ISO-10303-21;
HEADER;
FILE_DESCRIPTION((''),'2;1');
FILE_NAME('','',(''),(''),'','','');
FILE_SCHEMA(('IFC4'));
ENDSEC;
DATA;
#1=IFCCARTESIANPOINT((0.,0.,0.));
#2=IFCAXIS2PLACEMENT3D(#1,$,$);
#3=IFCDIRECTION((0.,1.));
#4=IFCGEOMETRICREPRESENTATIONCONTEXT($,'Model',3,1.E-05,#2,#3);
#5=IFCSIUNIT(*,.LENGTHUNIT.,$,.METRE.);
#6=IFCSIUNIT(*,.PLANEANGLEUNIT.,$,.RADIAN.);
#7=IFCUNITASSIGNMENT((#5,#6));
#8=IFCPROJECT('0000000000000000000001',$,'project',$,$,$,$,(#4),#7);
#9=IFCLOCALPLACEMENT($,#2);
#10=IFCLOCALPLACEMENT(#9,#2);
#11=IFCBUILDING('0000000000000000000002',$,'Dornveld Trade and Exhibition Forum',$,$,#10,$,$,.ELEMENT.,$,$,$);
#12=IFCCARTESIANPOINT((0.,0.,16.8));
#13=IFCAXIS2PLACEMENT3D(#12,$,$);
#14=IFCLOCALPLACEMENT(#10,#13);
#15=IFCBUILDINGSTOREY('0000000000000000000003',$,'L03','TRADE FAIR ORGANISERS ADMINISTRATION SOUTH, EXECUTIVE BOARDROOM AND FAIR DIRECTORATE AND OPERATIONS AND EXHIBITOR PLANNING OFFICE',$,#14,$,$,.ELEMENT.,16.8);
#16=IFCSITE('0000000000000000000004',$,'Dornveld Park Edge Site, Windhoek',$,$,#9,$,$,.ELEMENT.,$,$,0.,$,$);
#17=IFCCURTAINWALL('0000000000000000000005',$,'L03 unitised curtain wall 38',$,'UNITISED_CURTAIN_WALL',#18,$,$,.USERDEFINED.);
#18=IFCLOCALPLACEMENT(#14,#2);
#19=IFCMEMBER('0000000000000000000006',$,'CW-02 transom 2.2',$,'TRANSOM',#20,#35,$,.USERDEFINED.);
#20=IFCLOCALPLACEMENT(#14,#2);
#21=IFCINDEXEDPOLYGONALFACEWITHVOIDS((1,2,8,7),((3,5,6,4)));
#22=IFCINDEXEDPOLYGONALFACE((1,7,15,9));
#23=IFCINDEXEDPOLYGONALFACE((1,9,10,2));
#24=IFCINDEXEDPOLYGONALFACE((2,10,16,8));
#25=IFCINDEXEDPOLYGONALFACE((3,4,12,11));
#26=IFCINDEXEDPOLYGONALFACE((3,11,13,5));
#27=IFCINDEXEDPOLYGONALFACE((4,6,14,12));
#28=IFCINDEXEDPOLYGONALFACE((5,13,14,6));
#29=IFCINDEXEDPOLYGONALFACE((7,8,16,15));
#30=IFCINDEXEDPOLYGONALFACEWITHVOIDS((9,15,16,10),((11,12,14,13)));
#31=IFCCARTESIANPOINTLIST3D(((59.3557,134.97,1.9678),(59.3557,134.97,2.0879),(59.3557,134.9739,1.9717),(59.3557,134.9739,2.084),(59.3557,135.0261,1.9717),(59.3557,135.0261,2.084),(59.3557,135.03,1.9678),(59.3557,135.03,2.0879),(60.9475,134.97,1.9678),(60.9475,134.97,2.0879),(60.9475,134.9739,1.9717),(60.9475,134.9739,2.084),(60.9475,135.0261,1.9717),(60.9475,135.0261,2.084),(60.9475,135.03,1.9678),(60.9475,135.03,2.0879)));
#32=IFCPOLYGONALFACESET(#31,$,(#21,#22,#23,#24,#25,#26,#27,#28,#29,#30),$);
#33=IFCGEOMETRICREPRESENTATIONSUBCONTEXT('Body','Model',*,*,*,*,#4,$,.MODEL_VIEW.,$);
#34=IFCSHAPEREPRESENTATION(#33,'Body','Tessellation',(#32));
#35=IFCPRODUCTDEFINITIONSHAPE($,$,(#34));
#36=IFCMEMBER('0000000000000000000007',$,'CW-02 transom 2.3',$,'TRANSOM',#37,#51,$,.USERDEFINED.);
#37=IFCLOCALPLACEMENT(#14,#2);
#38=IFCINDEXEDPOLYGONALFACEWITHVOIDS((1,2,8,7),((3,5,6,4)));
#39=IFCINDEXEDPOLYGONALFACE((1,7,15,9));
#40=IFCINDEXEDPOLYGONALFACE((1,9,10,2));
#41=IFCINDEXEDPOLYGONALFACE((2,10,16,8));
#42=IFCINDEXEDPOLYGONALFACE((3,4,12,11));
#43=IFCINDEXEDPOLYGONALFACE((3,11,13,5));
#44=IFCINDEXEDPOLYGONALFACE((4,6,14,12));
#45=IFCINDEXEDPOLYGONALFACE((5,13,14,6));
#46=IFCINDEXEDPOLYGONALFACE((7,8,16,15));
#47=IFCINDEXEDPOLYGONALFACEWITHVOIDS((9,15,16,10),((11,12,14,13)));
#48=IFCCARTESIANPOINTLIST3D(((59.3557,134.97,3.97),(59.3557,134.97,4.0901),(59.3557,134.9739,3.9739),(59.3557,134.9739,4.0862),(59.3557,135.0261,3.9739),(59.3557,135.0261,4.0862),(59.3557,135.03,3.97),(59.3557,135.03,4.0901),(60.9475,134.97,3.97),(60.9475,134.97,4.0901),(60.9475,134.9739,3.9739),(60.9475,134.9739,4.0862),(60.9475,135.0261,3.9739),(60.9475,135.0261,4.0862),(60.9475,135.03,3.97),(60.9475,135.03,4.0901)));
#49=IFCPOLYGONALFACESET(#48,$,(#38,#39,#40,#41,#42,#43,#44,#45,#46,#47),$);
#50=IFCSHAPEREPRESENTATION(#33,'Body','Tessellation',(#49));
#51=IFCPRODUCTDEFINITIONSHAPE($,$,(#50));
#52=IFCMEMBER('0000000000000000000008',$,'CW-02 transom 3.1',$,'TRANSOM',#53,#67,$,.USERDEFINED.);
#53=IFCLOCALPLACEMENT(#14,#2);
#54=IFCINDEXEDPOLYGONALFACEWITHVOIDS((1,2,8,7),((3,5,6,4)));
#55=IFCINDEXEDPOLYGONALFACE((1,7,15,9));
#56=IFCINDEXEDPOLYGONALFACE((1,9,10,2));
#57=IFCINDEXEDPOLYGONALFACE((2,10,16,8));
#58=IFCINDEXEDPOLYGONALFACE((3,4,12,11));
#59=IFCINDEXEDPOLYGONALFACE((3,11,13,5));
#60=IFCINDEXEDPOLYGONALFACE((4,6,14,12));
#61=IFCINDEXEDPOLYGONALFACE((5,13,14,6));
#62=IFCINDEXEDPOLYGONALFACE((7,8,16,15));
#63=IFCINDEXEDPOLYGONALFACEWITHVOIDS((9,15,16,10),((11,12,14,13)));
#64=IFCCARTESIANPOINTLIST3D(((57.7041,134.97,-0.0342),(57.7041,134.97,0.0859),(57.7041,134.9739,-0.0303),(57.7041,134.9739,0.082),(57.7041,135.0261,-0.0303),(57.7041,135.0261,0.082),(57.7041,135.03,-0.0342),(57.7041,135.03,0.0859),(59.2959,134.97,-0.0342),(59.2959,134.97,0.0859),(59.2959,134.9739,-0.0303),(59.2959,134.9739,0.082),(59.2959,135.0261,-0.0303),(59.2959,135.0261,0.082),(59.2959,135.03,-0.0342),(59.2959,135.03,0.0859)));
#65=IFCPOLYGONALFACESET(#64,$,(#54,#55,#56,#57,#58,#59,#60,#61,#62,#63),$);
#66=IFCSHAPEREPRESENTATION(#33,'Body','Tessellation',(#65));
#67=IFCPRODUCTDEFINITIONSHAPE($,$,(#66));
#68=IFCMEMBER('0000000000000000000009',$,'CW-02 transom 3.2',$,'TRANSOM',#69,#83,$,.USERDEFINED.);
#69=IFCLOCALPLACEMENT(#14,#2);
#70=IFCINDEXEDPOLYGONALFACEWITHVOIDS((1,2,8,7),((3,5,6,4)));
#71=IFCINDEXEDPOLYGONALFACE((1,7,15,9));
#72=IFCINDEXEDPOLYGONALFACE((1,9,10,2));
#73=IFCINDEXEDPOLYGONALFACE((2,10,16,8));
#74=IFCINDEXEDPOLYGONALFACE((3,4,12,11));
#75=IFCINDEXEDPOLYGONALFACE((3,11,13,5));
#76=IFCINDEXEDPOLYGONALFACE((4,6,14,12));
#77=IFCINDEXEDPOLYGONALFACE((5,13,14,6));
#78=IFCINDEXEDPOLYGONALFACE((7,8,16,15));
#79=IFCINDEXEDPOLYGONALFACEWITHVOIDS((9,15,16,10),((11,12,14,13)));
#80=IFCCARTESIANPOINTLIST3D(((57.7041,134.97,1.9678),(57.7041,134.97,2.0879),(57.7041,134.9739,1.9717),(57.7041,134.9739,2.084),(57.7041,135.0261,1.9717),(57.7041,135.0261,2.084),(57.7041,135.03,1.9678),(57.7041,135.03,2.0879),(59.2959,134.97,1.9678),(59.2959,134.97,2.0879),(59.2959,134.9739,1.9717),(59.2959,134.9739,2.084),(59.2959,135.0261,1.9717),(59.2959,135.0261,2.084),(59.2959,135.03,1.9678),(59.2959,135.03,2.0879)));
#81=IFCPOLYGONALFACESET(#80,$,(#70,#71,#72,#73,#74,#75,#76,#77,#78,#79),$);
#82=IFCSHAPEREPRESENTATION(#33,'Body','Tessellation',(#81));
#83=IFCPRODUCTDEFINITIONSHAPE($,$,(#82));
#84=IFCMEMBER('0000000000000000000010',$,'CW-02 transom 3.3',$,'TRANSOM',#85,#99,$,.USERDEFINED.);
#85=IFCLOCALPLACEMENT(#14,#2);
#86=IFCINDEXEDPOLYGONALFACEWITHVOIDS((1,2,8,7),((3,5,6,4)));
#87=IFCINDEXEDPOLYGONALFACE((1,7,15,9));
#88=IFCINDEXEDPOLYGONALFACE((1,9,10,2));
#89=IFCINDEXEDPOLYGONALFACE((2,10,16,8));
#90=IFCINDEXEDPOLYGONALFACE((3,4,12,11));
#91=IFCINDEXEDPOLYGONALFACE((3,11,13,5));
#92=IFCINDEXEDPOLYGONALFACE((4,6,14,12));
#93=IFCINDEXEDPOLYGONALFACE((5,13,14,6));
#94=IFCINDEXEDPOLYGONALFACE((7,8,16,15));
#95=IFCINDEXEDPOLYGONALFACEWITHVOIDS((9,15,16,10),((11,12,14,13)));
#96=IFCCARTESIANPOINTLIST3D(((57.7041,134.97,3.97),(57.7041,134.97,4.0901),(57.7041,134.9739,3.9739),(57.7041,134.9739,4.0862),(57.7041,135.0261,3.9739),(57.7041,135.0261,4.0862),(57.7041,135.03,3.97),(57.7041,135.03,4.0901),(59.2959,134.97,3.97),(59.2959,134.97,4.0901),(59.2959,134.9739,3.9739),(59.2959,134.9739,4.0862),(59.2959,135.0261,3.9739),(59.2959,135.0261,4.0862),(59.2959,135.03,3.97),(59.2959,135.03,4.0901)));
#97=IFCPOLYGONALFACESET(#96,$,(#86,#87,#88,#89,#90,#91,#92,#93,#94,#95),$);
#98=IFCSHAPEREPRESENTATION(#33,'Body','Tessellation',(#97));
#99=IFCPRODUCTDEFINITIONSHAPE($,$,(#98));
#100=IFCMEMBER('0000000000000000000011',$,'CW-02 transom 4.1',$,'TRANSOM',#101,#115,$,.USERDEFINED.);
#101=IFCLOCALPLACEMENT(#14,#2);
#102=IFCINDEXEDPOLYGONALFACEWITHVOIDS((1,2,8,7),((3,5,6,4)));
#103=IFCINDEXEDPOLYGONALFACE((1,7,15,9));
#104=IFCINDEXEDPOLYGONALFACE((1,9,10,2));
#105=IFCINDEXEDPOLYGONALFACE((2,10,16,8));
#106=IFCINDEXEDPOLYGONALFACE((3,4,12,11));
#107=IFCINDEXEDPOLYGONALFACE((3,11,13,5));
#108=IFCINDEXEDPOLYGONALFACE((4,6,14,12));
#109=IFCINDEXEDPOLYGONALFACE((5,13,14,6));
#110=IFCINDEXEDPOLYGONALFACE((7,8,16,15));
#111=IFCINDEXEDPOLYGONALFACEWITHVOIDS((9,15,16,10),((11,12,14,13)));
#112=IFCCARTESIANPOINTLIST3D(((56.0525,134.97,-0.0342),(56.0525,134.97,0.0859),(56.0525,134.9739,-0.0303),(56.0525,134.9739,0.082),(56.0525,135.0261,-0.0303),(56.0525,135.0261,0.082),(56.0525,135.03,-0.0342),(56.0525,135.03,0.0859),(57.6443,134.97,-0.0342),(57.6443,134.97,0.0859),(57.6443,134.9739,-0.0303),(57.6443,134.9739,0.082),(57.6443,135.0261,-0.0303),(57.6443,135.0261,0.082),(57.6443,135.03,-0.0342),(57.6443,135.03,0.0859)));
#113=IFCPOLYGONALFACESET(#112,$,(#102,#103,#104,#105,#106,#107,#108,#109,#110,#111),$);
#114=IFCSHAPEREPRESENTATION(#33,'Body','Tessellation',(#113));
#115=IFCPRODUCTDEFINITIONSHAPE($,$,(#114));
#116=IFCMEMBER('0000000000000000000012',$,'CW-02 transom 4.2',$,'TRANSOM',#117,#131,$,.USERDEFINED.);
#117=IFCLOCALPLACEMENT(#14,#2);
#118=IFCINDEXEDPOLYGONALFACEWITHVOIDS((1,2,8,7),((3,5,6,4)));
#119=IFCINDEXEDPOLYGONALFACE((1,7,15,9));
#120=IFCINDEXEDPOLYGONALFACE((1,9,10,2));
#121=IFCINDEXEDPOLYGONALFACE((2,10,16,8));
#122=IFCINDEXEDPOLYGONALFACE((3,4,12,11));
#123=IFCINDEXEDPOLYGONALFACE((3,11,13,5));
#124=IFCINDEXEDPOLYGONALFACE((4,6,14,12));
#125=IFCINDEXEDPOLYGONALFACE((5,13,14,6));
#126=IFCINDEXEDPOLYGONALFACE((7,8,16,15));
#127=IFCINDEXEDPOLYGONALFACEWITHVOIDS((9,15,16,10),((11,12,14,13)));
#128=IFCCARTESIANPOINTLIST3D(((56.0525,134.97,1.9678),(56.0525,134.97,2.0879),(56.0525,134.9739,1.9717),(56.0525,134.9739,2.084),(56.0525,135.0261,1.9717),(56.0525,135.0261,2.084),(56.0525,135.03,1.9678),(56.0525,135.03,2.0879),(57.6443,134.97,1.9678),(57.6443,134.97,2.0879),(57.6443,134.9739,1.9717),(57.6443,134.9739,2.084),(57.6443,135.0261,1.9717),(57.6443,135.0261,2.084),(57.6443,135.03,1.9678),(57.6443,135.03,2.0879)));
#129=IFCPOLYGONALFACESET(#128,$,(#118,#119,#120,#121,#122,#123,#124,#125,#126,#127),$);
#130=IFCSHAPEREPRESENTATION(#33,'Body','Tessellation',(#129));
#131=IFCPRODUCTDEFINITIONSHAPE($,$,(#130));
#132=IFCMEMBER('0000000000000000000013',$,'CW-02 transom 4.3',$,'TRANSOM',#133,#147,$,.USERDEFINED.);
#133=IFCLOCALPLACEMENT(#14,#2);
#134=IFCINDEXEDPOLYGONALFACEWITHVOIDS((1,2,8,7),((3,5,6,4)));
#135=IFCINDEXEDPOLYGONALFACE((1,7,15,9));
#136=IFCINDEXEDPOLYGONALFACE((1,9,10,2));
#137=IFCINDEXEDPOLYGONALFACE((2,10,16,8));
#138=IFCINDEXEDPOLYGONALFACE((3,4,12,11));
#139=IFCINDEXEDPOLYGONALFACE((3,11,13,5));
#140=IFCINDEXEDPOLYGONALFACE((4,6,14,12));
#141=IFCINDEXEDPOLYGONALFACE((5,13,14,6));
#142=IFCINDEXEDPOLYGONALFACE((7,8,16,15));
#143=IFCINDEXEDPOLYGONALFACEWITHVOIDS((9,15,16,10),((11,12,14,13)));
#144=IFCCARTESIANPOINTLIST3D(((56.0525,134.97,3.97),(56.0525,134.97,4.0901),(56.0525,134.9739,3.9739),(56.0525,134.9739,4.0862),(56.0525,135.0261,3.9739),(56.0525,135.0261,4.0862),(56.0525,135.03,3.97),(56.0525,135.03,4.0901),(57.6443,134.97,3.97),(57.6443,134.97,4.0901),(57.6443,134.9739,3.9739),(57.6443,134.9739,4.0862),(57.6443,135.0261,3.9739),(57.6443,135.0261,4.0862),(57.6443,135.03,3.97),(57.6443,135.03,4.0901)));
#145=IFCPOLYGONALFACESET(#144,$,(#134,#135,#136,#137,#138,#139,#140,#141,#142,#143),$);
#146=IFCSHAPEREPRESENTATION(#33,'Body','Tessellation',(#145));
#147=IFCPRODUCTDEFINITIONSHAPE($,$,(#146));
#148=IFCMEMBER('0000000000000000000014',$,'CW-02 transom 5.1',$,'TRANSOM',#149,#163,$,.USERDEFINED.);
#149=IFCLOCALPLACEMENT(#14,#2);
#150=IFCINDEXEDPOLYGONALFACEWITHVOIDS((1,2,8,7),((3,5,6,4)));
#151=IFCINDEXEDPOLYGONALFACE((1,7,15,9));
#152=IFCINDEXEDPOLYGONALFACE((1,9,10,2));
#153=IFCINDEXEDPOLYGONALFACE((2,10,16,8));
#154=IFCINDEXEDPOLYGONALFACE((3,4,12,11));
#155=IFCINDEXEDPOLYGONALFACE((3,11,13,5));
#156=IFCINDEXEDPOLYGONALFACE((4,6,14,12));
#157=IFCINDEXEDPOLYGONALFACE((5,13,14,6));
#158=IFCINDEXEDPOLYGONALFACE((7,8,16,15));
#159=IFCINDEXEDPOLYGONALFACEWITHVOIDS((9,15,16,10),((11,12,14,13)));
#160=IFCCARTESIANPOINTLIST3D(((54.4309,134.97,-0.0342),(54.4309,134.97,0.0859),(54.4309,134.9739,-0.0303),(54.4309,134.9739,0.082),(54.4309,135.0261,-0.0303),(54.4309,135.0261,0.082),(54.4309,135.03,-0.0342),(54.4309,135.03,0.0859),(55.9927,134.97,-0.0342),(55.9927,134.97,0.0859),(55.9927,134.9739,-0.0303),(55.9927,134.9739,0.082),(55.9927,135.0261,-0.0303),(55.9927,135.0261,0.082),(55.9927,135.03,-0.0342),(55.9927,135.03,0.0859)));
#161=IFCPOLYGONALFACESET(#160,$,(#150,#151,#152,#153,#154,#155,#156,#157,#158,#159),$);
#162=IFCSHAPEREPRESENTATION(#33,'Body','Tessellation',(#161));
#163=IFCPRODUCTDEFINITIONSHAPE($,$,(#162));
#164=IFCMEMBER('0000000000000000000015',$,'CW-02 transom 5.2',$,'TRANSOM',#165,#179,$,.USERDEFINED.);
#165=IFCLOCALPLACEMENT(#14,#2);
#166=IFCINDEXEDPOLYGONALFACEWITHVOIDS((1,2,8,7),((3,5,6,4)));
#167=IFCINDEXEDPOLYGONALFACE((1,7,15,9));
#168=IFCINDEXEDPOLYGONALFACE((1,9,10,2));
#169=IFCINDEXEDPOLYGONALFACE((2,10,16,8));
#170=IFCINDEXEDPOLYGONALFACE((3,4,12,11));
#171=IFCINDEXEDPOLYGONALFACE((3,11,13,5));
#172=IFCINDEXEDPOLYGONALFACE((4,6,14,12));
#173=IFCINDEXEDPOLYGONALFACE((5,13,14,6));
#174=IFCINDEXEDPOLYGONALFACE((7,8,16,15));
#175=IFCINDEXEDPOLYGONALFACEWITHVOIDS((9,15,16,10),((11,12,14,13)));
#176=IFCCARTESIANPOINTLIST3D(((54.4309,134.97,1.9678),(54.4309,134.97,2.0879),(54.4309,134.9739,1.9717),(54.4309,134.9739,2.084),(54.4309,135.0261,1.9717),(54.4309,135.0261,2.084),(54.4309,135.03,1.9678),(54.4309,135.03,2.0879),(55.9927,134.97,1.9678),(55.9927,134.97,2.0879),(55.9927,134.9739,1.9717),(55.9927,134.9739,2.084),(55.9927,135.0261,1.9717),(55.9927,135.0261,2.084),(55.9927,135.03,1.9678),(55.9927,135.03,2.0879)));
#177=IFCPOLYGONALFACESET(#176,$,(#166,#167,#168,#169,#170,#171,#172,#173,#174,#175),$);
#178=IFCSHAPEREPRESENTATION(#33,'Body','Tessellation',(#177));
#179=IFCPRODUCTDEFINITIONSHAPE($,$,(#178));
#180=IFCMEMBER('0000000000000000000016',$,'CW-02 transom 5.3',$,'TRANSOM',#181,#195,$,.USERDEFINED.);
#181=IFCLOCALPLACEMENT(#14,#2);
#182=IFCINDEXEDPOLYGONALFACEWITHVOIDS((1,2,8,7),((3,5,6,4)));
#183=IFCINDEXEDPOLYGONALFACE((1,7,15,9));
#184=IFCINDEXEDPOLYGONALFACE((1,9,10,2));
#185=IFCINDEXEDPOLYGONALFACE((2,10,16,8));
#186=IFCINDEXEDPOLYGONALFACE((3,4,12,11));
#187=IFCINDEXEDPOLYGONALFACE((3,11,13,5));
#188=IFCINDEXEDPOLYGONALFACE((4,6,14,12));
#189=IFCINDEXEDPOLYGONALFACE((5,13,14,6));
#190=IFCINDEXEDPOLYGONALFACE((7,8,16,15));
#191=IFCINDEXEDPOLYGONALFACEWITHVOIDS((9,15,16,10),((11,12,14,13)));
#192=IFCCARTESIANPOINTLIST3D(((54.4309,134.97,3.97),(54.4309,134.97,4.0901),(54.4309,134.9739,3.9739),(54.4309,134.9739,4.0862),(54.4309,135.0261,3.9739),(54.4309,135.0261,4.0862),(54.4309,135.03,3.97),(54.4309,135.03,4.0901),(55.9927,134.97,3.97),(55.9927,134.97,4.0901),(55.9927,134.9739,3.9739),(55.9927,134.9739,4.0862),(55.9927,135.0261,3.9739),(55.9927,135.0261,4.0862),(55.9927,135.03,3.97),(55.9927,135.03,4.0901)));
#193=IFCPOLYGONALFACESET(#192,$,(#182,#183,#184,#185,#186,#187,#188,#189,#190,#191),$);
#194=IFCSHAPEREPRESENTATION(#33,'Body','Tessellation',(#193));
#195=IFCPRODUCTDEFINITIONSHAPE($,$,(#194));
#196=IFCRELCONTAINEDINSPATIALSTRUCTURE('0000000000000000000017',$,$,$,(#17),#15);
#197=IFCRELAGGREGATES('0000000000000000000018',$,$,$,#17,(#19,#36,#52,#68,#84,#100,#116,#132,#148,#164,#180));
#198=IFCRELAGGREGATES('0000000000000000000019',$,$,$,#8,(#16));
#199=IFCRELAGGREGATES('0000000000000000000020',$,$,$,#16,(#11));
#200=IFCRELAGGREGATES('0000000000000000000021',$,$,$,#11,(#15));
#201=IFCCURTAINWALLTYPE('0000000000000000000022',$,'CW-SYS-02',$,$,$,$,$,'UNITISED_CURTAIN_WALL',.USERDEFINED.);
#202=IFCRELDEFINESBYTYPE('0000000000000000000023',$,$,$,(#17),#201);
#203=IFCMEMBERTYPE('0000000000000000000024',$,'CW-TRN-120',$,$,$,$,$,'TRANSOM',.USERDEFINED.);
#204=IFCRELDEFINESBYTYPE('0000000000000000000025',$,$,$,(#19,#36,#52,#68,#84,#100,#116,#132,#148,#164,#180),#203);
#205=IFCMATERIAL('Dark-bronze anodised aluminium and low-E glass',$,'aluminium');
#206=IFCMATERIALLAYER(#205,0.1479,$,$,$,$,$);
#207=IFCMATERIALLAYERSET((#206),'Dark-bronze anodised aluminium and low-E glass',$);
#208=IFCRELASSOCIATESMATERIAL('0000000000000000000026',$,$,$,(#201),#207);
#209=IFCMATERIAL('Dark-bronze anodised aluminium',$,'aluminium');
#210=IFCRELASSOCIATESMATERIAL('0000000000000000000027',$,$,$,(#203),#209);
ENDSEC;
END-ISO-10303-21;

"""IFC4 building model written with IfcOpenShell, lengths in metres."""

from ifc_helpers import new_model, si_unit, direction, frame, origin, origin_2d, place, context, subcontext, project, spatial, hollow_rectangle, extrude, material, layer, layer_set, material_profile, profile_set, type_object, element, aggregate, save


model = new_model("IFC4")

# Units and contexts
model_context = context("Model", 3, precision=1e-05, world=origin(), true_north=direction((0.0, 1.0)))
body_context = subcontext(model_context, "Body", "Model", "MODEL_VIEW")
ifc_project = project(units=[si_unit("LENGTHUNIT", "METRE"), si_unit("PLANEANGLEUNIT", "RADIAN")], contexts=[model_context])

# Site, building, storey
site_placement = place(None, origin())
site = spatial("IfcSite", under=ifc_project, at=site_placement, Name="Dornveld Park Edge Site, Windhoek", CompositionType="ELEMENT", RefElevation=0.0)
building_placement = place(site_placement, origin())
building = spatial("IfcBuilding", under=site, at=building_placement, Name="Dornveld Trade and Exhibition Forum", CompositionType="ELEMENT")
storey_placement = place(building_placement, frame((0.0, 0.0, 16.8)))
storey = spatial("IfcBuildingStorey", under=building, at=storey_placement, Name="L03", Description="TRADE FAIR ORGANISERS ADMINISTRATION SOUTH, EXECUTIVE BOARDROOM AND FAIR DIRECTORATE AND OPERATIONS AND EXHIBITOR PLANNING OFFICE", CompositionType="ELEMENT", Elevation=16.8)

# Curtain wall
ifc_material_1 = material(Name="Dark-bronze anodised aluminium and low-E glass", Category="aluminium")
ifc_layer_1 = layer(ifc_material_1, 0.1479)
ifc_layer_set_1 = layer_set([ifc_layer_1], Name="Dark-bronze anodised aluminium and low-E glass")
curtain_wall_type_1 = type_object("IfcCurtainWallType", Name="CW-SYS-02", ElementType="UNITISED_CURTAIN_WALL", PredefinedType="USERDEFINED", material=ifc_layer_set_1)
curtain_wall_1_placement = place(storey_placement, origin())
curtain_wall_1 = element("IfcCurtainWall", 1, at=curtain_wall_1_placement, inside=storey, type_object=curtain_wall_type_1, Name="L03 unitised curtain wall 38", ObjectType="UNITISED_CURTAIN_WALL", PredefinedType="USERDEFINED")

# Members
ifc_material_2 = material(Name="Dark-bronze anodised aluminium", Category="aluminium")
ifc_material_profile_1 = material_profile(ifc_material_2, hollow_rectangle(XDim=0.0601, YDim=0.1201, WallThickness=0.0039, at=origin_2d()), Name="RHS 120x60x4")
ifc_profile_set_1 = profile_set([ifc_material_profile_1], Name="Dark-bronze anodised aluminium")
member_type_1 = type_object("IfcMemberType", Name="CW-TRN-120", ElementType="TRANSOM", PredefinedType="USERDEFINED", material=ifc_profile_set_1)
member_1_placement = place(storey_placement, frame((60.9475, 135.0, 2.0278), z_axis=(-1.0, 0.0, 0.0), x_axis=(0.0, -1.0, 0.0)))
member_1 = element("IfcMember", 2, at=member_1_placement, type_object=member_type_1, Name="CW-02 transom 2.2", ObjectType="TRANSOM", PredefinedType="USERDEFINED", context=body_context, shape_type="SweptSolid", body=[
    extrude(hollow_rectangle(XDim=0.0601, YDim=0.1201, WallThickness=0.0039, at=origin_2d()), origin(), (0.0, 0.0, 1.0), 1.5918),
])
member_2_placement = place(storey_placement, frame((60.9475, 135.0, 4.03), z_axis=(-1.0, 0.0, 0.0), x_axis=(0.0, -1.0, 0.0)))
member_2 = element("IfcMember", 3, at=member_2_placement, type_object=member_type_1, Name="CW-02 transom 2.3", ObjectType="TRANSOM", PredefinedType="USERDEFINED", context=body_context, shape_type="SweptSolid", body=[
    extrude(hollow_rectangle(XDim=0.0601, YDim=0.1201, WallThickness=0.0039, at=origin_2d()), origin(), (0.0, 0.0, 1.0), 1.5918),
])
member_3_placement = place(storey_placement, frame((59.2959, 135.0, 0.0259), z_axis=(-1.0, 0.0, 0.0), x_axis=(0.0, -1.0, 0.0)))
member_3 = element("IfcMember", 4, at=member_3_placement, type_object=member_type_1, Name="CW-02 transom 3.1", ObjectType="TRANSOM", PredefinedType="USERDEFINED", context=body_context, shape_type="SweptSolid", body=[
    extrude(hollow_rectangle(XDim=0.0601, YDim=0.1201, WallThickness=0.0039, at=origin_2d()), origin(), (0.0, 0.0, 1.0), 1.5918),
])
member_4_placement = place(storey_placement, frame((59.2959, 135.0, 2.0278), z_axis=(-1.0, 0.0, 0.0), x_axis=(0.0, -1.0, 0.0)))
member_4 = element("IfcMember", 5, at=member_4_placement, type_object=member_type_1, Name="CW-02 transom 3.2", ObjectType="TRANSOM", PredefinedType="USERDEFINED", context=body_context, shape_type="SweptSolid", body=[
    extrude(hollow_rectangle(XDim=0.0601, YDim=0.1201, WallThickness=0.0039, at=origin_2d()), origin(), (0.0, 0.0, 1.0), 1.5918),
])
member_5_placement = place(storey_placement, frame((59.2959, 135.0, 4.03), z_axis=(-1.0, 0.0, 0.0), x_axis=(0.0, -1.0, 0.0)))
member_5 = element("IfcMember", 6, at=member_5_placement, type_object=member_type_1, Name="CW-02 transom 3.3", ObjectType="TRANSOM", PredefinedType="USERDEFINED", context=body_context, shape_type="SweptSolid", body=[
    extrude(hollow_rectangle(XDim=0.0601, YDim=0.1201, WallThickness=0.0039, at=origin_2d()), origin(), (0.0, 0.0, 1.0), 1.5918),
])
member_6_placement = place(storey_placement, frame((57.6443, 135.0, 0.0259), z_axis=(-1.0, 0.0, 0.0), x_axis=(0.0, -1.0, 0.0)))
member_6 = element("IfcMember", 7, at=member_6_placement, type_object=member_type_1, Name="CW-02 transom 4.1", ObjectType="TRANSOM", PredefinedType="USERDEFINED", context=body_context, shape_type="SweptSolid", body=[
    extrude(hollow_rectangle(XDim=0.0601, YDim=0.1201, WallThickness=0.0039, at=origin_2d()), origin(), (0.0, 0.0, 1.0), 1.5918),
])
member_7_placement = place(storey_placement, frame((57.6443, 135.0, 2.0278), z_axis=(-1.0, 0.0, 0.0), x_axis=(0.0, -1.0, 0.0)))
member_7 = element("IfcMember", 8, at=member_7_placement, type_object=member_type_1, Name="CW-02 transom 4.2", ObjectType="TRANSOM", PredefinedType="USERDEFINED", context=body_context, shape_type="SweptSolid", body=[
    extrude(hollow_rectangle(XDim=0.0601, YDim=0.1201, WallThickness=0.0039, at=origin_2d()), origin(), (0.0, 0.0, 1.0), 1.5918),
])
member_8_placement = place(storey_placement, frame((57.6443, 135.0, 4.03), z_axis=(-1.0, 0.0, 0.0), x_axis=(0.0, -1.0, 0.0)))
member_8 = element("IfcMember", 9, at=member_8_placement, type_object=member_type_1, Name="CW-02 transom 4.3", ObjectType="TRANSOM", PredefinedType="USERDEFINED", context=body_context, shape_type="SweptSolid", body=[
    extrude(hollow_rectangle(XDim=0.0601, YDim=0.1201, WallThickness=0.0039, at=origin_2d()), origin(), (0.0, 0.0, 1.0), 1.5918),
])
member_9_placement = place(storey_placement, frame((55.9927, 135.0, 0.0259), z_axis=(-1.0, 0.0, 0.0), x_axis=(0.0, -1.0, 0.0)))
member_9 = element("IfcMember", 10, at=member_9_placement, type_object=member_type_1, Name="CW-02 transom 5.1", ObjectType="TRANSOM", PredefinedType="USERDEFINED", context=body_context, shape_type="SweptSolid", body=[
    extrude(hollow_rectangle(XDim=0.0601, YDim=0.1201, WallThickness=0.0039, at=origin_2d()), origin(), (0.0, 0.0, 1.0), 1.5618),
])
member_10_placement = place(storey_placement, frame((55.9927, 135.0, 2.0278), z_axis=(-1.0, 0.0, 0.0), x_axis=(0.0, -1.0, 0.0)))
member_10 = element("IfcMember", 11, at=member_10_placement, type_object=member_type_1, Name="CW-02 transom 5.2", ObjectType="TRANSOM", PredefinedType="USERDEFINED", context=body_context, shape_type="SweptSolid", body=[
    extrude(hollow_rectangle(XDim=0.0601, YDim=0.1201, WallThickness=0.0039, at=origin_2d()), origin(), (0.0, 0.0, 1.0), 1.5618),
])
member_11_placement = place(storey_placement, frame((55.9927, 135.0, 4.03), z_axis=(-1.0, 0.0, 0.0), x_axis=(0.0, -1.0, 0.0)))
member_11 = element("IfcMember", 12, at=member_11_placement, type_object=member_type_1, Name="CW-02 transom 5.3", ObjectType="TRANSOM", PredefinedType="USERDEFINED", context=body_context, shape_type="SweptSolid", body=[
    extrude(hollow_rectangle(XDim=0.0601, YDim=0.1201, WallThickness=0.0039, at=origin_2d()), origin(), (0.0, 0.0, 1.0), 1.5618),
])

aggregate(curtain_wall_1, [member_1, member_2, member_3, member_4, member_5, member_6, member_7, member_8, member_9, member_10, member_11])

save(model, "model.ifc")
